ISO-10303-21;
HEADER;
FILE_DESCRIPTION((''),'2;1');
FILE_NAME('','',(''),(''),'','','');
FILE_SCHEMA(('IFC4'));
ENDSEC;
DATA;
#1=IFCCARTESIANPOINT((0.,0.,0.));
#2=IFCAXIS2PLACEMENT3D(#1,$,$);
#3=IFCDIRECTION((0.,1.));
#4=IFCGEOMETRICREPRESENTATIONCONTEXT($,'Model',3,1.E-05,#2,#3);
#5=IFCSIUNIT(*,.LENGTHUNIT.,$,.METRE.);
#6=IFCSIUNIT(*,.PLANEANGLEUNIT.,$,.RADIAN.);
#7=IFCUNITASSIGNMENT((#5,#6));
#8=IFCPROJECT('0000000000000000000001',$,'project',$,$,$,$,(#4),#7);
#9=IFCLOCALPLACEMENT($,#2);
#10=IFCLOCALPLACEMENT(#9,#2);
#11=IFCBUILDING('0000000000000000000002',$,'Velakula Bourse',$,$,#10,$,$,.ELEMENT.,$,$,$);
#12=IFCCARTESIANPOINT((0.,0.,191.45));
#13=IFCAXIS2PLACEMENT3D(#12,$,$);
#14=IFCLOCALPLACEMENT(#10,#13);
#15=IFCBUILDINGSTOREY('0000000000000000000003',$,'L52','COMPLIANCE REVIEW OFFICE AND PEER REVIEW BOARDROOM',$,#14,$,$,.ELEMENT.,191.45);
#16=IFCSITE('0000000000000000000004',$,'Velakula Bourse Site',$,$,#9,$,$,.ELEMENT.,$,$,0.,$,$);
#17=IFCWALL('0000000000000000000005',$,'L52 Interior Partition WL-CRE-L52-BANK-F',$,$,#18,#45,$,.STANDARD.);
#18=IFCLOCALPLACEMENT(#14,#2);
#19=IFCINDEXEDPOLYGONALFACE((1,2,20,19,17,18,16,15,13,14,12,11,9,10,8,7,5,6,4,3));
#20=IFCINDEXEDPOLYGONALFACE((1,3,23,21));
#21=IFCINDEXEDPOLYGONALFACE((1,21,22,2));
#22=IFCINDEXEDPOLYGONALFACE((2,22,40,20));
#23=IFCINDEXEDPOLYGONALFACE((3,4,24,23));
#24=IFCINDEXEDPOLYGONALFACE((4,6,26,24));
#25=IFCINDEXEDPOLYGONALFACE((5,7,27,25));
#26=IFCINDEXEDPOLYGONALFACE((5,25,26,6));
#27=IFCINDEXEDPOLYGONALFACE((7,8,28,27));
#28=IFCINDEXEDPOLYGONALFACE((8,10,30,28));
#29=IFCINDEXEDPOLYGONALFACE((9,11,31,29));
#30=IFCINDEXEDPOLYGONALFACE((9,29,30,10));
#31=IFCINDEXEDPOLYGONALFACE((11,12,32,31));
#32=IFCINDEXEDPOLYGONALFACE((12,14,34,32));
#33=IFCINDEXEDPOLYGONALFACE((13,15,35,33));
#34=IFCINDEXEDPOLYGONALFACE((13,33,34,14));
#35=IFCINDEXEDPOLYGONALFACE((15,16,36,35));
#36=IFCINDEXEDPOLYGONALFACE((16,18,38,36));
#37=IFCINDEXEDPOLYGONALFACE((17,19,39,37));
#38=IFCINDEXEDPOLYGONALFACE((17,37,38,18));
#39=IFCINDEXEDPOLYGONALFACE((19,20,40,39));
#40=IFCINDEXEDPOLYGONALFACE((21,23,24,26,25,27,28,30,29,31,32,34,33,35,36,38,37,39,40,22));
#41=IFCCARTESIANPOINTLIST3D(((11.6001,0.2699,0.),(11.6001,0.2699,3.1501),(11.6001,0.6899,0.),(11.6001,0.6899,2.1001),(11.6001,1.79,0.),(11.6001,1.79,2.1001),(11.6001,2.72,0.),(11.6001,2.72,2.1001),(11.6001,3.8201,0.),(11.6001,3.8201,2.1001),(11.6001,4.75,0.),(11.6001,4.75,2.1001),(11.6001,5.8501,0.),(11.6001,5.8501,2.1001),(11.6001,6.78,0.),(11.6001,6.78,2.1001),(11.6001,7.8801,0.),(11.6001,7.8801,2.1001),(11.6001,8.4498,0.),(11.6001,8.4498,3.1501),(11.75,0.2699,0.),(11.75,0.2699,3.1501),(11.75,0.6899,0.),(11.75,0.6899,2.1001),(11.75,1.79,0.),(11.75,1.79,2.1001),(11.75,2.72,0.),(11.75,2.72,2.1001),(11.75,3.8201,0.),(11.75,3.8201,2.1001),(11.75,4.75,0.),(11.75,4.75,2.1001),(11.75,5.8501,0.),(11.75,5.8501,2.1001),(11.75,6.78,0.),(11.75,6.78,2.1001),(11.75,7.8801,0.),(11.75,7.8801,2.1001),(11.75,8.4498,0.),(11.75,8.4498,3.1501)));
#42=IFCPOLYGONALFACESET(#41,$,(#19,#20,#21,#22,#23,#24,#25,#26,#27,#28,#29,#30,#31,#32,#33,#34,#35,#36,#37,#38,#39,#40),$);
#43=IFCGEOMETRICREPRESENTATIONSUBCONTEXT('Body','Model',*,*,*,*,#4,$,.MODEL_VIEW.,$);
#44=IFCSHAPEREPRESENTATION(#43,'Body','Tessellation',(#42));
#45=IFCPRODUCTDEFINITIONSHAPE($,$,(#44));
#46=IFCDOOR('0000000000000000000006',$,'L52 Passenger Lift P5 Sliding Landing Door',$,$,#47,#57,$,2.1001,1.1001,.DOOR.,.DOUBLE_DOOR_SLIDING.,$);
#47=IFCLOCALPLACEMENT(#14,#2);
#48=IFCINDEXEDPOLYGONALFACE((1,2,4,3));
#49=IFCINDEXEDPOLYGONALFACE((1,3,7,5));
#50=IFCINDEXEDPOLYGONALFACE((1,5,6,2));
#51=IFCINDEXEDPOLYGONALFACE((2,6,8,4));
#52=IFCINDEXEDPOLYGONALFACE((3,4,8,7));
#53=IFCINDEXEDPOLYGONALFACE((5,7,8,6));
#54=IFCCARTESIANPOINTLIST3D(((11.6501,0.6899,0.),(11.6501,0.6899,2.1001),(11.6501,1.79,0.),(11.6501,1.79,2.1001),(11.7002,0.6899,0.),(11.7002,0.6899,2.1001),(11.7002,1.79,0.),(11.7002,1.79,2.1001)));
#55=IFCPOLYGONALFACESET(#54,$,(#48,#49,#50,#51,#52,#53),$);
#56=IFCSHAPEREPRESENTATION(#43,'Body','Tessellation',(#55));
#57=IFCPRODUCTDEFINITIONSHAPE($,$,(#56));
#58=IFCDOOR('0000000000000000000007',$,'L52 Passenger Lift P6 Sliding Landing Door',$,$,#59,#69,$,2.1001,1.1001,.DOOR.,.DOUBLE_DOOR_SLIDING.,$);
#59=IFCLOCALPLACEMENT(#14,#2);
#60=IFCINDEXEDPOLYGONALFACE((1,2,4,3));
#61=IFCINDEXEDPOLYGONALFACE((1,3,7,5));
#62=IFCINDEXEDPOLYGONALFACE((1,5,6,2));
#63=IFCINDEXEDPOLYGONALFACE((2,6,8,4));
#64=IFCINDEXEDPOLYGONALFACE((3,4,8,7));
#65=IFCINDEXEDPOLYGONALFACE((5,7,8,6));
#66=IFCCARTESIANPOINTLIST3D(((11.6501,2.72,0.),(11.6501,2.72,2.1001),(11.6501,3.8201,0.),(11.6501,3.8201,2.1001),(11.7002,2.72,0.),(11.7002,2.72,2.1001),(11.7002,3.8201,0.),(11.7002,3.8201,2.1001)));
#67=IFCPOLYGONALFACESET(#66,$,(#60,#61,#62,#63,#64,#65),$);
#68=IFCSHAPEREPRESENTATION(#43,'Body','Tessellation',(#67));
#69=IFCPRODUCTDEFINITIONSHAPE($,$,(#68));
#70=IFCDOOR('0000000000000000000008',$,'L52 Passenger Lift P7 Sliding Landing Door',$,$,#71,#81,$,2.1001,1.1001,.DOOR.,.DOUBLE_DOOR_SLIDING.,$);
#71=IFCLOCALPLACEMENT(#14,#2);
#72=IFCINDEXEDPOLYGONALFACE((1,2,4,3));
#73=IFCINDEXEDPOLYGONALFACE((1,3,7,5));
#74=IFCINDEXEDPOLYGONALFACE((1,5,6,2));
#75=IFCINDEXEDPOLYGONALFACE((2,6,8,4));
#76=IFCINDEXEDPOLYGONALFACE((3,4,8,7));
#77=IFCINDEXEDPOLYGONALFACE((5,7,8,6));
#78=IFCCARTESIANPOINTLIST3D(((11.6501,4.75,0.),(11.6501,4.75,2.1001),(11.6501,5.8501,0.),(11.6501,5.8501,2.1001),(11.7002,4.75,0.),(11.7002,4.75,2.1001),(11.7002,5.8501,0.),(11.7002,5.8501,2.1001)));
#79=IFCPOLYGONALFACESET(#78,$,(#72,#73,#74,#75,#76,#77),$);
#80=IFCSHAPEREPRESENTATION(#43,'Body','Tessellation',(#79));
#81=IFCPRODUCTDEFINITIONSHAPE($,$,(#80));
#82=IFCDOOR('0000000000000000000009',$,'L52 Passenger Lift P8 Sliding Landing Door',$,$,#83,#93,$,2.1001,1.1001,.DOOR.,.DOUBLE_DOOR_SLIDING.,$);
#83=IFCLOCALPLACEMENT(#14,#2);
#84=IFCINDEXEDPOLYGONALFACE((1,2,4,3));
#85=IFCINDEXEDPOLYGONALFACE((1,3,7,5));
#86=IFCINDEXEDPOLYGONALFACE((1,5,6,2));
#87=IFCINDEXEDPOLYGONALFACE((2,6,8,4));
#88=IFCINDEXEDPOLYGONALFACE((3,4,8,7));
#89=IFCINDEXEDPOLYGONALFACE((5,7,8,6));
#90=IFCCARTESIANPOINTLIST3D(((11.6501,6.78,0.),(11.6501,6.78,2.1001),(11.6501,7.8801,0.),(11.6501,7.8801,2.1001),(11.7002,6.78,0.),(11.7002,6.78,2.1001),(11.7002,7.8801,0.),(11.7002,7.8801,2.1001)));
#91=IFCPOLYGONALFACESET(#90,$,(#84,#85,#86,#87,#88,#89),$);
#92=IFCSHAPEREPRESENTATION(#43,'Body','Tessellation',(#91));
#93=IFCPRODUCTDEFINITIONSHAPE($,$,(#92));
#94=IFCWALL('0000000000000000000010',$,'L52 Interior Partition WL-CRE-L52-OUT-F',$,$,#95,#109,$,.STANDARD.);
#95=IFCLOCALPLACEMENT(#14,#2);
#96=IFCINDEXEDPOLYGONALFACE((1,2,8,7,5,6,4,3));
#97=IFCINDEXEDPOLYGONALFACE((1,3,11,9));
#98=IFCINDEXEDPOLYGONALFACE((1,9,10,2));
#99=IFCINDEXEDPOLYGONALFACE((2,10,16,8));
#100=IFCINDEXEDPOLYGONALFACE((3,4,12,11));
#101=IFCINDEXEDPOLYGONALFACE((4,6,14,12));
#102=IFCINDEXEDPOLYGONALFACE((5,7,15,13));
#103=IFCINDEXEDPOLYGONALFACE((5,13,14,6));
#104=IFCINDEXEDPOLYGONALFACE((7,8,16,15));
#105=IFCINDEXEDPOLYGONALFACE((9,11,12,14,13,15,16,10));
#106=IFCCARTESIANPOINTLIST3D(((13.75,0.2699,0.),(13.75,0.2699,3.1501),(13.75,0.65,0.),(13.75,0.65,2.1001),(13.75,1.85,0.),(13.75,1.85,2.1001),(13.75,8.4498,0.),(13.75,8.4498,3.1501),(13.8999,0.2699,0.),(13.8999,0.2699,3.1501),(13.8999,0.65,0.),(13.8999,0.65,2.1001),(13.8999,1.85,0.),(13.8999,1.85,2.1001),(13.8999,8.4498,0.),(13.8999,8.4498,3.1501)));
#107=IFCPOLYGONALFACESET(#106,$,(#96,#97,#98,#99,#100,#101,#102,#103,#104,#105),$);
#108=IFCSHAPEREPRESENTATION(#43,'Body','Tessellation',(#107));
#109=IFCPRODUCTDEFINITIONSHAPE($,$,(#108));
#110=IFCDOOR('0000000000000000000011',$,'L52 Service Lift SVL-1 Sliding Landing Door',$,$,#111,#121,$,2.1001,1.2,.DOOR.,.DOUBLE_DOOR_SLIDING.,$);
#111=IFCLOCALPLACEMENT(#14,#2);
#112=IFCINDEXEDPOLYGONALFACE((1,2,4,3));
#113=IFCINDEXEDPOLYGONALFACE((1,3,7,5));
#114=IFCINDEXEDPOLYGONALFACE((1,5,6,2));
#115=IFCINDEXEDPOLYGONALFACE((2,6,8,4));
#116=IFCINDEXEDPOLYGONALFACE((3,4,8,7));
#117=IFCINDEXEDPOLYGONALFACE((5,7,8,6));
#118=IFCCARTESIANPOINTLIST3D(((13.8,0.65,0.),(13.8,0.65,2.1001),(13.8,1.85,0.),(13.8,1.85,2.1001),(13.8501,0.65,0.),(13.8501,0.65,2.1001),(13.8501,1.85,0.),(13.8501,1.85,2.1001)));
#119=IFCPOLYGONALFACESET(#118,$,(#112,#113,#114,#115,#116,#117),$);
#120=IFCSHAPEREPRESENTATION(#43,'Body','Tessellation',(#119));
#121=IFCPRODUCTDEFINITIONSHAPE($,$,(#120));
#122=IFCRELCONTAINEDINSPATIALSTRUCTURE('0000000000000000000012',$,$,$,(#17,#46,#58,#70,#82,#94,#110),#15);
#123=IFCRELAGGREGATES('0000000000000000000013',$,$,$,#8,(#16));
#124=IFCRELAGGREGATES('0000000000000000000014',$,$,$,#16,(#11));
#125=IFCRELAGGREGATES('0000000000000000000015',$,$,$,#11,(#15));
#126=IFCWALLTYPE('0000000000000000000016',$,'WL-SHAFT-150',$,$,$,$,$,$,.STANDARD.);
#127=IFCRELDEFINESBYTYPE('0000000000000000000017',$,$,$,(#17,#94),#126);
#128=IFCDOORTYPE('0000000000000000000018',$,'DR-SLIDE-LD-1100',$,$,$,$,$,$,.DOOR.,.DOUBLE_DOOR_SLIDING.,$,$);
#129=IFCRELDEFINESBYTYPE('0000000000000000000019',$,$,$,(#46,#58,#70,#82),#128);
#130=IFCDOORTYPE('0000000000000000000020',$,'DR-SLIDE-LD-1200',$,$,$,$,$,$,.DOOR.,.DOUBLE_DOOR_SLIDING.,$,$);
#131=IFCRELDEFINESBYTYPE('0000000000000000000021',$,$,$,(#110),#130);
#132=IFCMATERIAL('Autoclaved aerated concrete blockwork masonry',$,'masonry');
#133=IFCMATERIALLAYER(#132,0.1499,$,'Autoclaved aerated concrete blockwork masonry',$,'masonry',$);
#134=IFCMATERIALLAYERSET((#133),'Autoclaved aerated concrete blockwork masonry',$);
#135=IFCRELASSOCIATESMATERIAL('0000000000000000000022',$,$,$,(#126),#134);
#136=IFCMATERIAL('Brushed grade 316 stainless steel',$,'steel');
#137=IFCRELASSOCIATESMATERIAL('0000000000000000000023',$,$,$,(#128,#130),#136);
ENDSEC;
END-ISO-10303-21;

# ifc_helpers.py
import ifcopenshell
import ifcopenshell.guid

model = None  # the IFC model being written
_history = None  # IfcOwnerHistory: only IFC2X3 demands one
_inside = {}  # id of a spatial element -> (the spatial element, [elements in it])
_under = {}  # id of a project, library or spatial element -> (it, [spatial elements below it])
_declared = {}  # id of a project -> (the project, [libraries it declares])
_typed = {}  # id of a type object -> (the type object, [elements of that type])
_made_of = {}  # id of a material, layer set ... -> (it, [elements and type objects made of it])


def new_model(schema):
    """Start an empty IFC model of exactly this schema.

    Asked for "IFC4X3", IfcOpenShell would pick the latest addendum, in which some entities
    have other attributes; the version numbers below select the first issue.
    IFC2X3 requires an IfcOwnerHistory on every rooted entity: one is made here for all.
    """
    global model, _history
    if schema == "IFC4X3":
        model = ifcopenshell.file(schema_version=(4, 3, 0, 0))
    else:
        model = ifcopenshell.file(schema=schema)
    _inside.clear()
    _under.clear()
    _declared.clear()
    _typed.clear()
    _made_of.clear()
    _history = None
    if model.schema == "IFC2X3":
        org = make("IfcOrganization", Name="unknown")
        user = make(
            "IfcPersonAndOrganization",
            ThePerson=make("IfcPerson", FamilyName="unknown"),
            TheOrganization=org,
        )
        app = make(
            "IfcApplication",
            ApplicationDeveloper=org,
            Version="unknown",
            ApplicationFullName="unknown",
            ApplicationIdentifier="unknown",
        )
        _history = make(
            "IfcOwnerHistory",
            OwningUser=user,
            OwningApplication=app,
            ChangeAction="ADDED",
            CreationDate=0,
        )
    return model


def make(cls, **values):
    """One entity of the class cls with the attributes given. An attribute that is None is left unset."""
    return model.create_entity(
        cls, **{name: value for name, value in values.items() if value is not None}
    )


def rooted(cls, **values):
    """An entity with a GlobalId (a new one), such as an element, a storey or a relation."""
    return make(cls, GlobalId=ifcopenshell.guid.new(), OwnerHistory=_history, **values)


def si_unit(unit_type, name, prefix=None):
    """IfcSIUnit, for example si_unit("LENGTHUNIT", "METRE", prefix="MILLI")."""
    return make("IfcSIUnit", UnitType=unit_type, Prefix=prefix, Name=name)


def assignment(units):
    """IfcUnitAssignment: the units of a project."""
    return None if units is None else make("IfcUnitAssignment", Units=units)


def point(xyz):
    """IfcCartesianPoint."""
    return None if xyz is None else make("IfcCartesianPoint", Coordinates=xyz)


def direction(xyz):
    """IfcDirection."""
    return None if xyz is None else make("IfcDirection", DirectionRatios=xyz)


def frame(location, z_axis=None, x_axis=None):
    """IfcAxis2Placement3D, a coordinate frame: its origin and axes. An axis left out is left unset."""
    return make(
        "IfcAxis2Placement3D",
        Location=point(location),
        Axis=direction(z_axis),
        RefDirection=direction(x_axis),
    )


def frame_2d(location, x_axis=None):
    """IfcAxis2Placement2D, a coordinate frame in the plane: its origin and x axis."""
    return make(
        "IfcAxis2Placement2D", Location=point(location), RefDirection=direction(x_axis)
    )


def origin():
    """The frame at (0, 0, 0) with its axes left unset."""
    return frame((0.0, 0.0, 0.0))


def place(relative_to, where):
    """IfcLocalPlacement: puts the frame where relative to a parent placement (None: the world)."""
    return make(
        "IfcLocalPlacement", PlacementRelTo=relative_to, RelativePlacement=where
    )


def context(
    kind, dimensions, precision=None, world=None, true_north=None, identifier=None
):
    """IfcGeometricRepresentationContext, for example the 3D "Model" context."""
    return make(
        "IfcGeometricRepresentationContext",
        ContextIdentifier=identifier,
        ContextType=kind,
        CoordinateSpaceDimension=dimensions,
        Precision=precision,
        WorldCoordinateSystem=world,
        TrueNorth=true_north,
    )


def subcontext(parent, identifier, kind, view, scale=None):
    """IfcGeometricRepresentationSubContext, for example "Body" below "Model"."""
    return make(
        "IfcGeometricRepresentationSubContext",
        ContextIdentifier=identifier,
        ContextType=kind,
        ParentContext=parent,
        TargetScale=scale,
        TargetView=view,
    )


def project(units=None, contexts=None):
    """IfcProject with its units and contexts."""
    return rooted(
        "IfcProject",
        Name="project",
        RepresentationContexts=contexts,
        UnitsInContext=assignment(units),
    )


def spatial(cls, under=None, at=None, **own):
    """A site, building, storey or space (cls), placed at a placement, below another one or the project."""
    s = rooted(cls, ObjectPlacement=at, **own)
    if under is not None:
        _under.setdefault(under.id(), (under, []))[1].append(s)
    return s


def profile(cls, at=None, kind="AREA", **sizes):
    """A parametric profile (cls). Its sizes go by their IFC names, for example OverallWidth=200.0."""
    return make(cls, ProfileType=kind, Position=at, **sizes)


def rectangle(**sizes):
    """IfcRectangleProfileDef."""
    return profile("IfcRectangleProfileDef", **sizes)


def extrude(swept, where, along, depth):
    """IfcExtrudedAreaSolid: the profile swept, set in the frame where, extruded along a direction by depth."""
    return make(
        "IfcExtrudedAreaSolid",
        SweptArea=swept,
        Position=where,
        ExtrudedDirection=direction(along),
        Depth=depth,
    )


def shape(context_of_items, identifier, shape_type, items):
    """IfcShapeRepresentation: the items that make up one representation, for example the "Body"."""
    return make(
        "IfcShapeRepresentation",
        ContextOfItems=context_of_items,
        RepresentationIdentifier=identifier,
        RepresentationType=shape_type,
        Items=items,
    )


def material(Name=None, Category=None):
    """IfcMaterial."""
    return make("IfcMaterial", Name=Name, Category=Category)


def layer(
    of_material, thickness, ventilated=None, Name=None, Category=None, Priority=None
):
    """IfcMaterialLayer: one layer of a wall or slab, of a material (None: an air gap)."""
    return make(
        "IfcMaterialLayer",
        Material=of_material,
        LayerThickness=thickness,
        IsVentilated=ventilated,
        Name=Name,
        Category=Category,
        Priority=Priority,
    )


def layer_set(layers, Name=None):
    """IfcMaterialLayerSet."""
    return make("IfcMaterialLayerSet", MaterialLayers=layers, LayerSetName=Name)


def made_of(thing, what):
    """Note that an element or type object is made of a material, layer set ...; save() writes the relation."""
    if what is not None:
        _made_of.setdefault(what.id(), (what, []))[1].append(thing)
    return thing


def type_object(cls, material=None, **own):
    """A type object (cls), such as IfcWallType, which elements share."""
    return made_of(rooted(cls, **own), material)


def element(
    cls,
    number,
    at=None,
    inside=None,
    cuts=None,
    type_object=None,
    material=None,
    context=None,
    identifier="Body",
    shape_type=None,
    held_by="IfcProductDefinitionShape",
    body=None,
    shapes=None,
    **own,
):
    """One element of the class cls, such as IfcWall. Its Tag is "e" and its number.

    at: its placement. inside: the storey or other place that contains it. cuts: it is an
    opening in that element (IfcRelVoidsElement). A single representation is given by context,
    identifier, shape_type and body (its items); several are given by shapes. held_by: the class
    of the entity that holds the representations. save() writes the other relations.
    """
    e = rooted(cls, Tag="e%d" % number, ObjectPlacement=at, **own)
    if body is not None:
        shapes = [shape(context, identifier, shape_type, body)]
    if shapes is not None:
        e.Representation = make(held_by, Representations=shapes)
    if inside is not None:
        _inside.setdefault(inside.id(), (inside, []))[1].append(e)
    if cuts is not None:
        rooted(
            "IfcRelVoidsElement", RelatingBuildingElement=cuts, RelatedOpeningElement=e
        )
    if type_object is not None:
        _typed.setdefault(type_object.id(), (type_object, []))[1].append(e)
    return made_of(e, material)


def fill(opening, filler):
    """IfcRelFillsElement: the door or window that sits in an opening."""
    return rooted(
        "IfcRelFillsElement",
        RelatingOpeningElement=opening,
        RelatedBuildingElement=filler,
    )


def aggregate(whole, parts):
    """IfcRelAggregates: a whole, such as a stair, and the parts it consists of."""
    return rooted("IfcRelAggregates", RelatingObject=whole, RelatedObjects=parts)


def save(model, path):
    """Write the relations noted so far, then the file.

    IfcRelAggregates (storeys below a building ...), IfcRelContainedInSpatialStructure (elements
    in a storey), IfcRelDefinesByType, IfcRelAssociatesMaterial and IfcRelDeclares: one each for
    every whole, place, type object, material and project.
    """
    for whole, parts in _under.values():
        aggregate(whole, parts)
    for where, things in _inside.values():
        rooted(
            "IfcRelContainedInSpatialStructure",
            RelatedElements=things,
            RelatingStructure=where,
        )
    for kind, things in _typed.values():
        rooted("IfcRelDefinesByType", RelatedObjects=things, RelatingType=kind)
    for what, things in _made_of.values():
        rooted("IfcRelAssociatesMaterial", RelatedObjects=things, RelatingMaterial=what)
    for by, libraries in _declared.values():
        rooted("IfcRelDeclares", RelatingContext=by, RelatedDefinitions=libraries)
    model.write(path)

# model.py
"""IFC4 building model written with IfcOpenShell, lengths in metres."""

from ifc_helpers import new_model, si_unit, direction, frame, frame_2d, origin, place, context, subcontext, project, spatial, rectangle, extrude, material, layer, layer_set, type_object, element, fill, save


model = new_model("IFC4")

# Units and contexts
model_context = context("Model", 3, precision=1e-05, world=origin(), true_north=direction((0.0, 1.0)))
body_context = subcontext(model_context, "Body", "Model", "MODEL_VIEW")
ifc_project = project(units=[si_unit("LENGTHUNIT", "METRE"), si_unit("PLANEANGLEUNIT", "RADIAN")], contexts=[model_context])

# Site, building, storey
site_placement = place(None, origin())
site = spatial("IfcSite", under=ifc_project, at=site_placement, Name="Velakula Bourse Site", CompositionType="ELEMENT", RefElevation=0.0)
building_placement = place(site_placement, origin())
building = spatial("IfcBuilding", under=site, at=building_placement, Name="Velakula Bourse", CompositionType="ELEMENT")
storey_placement = place(building_placement, frame((0.0, 0.0, 191.45)))
storey = spatial("IfcBuildingStorey", under=building, at=storey_placement, Name="L52", Description="COMPLIANCE REVIEW OFFICE AND PEER REVIEW BOARDROOM", CompositionType="ELEMENT", Elevation=191.45)

# Shared definitions
ifc_material_1 = material(Name="Autoclaved aerated concrete blockwork masonry", Category="masonry")
ifc_layer_1 = layer(ifc_material_1, 0.1499, Name="Autoclaved aerated concrete blockwork masonry", Category="masonry")
ifc_layer_set_1 = layer_set([ifc_layer_1], Name="Autoclaved aerated concrete blockwork masonry")
wall_type_1 = type_object("IfcWallType", Name="WL-SHAFT-150", PredefinedType="STANDARD", material=ifc_layer_set_1)

# Wall, openings, doors
wall_1_placement = place(storey_placement, frame((11.675, 0.27, 0.0), z_axis=(0.0, 0.0, 1.0), x_axis=(0.0, 1.0, 0.0)))
wall_1 = element("IfcWall", 1, at=wall_1_placement, inside=storey, type_object=wall_type_1, Name="L52 Interior Partition WL-CRE-L52-BANK-F", PredefinedType="STANDARD", context=body_context, shape_type="SweptSolid", body=[
    extrude(rectangle(XDim=8.1799, YDim=0.1499, at=frame_2d((4.0898, 0.0))), origin(), (0.0, 0.0, 1.0), 3.1501),
])
opening_1_placement = place(wall_1_placement, frame((0.4199, 0.0, 0.0)))
opening_1 = element("IfcOpeningElement", 2, at=opening_1_placement, cuts=wall_1, PredefinedType="OPENING", context=body_context, shape_type="SweptSolid", body=[
    extrude(rectangle(XDim=1.1001, YDim=2.1001, at=frame_2d((0.55, 1.05))), frame((0.0, 0.085, 0.0), z_axis=(0.0, -1.0, 0.0), x_axis=(1.0, 0.0, 0.0)), (0.0, 0.0, 1.0), 0.1699),
])
opening_2_placement = place(wall_1_placement, frame((2.45, 0.0, 0.0)))
opening_2 = element("IfcOpeningElement", 3, at=opening_2_placement, cuts=wall_1, PredefinedType="OPENING", context=body_context, shape_type="SweptSolid", body=[
    extrude(rectangle(XDim=1.1001, YDim=2.1001, at=frame_2d((0.55, 1.05))), frame((0.0, 0.085, 0.0), z_axis=(0.0, -1.0, 0.0), x_axis=(1.0, 0.0, 0.0)), (0.0, 0.0, 1.0), 0.1699),
])
opening_3_placement = place(wall_1_placement, frame((4.48, 0.0, 0.0)))
opening_3 = element("IfcOpeningElement", 4, at=opening_3_placement, cuts=wall_1, PredefinedType="OPENING", context=body_context, shape_type="SweptSolid", body=[
    extrude(rectangle(XDim=1.1001, YDim=2.1001, at=frame_2d((0.55, 1.05))), frame((0.0, 0.085, 0.0), z_axis=(0.0, -1.0, 0.0), x_axis=(1.0, 0.0, 0.0)), (0.0, 0.0, 1.0), 0.1699),
])
opening_4_placement = place(wall_1_placement, frame((6.51, 0.0, 0.0)))
opening_4 = element("IfcOpeningElement", 5, at=opening_4_placement, cuts=wall_1, PredefinedType="OPENING", context=body_context, shape_type="SweptSolid", body=[
    extrude(rectangle(XDim=1.1001, YDim=2.1001, at=frame_2d((0.55, 1.05))), frame((0.0, 0.085, 0.0), z_axis=(0.0, -1.0, 0.0), x_axis=(1.0, 0.0, 0.0)), (0.0, 0.0, 1.0), 0.1699),
])
ifc_material_2 = material(Name="Brushed grade 316 stainless steel", Category="steel")
door_type_1 = type_object("IfcDoorType", Name="DR-SLIDE-LD-1100", OperationType="DOUBLE_DOOR_SLIDING", PredefinedType="DOOR", material=ifc_material_2)
door_1_placement = place(opening_1_placement, origin())
door_1 = element("IfcDoor", 6, at=door_1_placement, inside=storey, type_object=door_type_1, Name="L52 Passenger Lift P5 Sliding Landing Door", OperationType="DOUBLE_DOOR_SLIDING", OverallHeight=2.1001, OverallWidth=1.1001, PredefinedType="DOOR", context=body_context, shape_type="SweptSolid", body=[
    extrude(rectangle(XDim=1.1001, YDim=2.1001, at=frame_2d((0.55, 1.05))), frame((0.0, 0.0249, 0.0), z_axis=(0.0, -1.0, 0.0), x_axis=(1.0, 0.0, 0.0)), (0.0, 0.0, 1.0), 0.05),
])
fill(opening_1, door_1)
door_2_placement = place(opening_2_placement, origin())
door_2 = element("IfcDoor", 7, at=door_2_placement, inside=storey, type_object=door_type_1, Name="L52 Passenger Lift P6 Sliding Landing Door", OperationType="DOUBLE_DOOR_SLIDING", OverallHeight=2.1001, OverallWidth=1.1001, PredefinedType="DOOR", context=body_context, shape_type="SweptSolid", body=[
    extrude(rectangle(XDim=1.1001, YDim=2.1001, at=frame_2d((0.55, 1.05))), frame((0.0, 0.0249, 0.0), z_axis=(0.0, -1.0, 0.0), x_axis=(1.0, 0.0, 0.0)), (0.0, 0.0, 1.0), 0.05),
])
fill(opening_2, door_2)
door_3_placement = place(opening_3_placement, origin())
door_3 = element("IfcDoor", 8, at=door_3_placement, inside=storey, type_object=door_type_1, Name="L52 Passenger Lift P7 Sliding Landing Door", OperationType="DOUBLE_DOOR_SLIDING", OverallHeight=2.1001, OverallWidth=1.1001, PredefinedType="DOOR", context=body_context, shape_type="SweptSolid", body=[
    extrude(rectangle(XDim=1.1001, YDim=2.1001, at=frame_2d((0.55, 1.05))), frame((0.0, 0.0249, 0.0), z_axis=(0.0, -1.0, 0.0), x_axis=(1.0, 0.0, 0.0)), (0.0, 0.0, 1.0), 0.05),
])
fill(opening_3, door_3)
door_4_placement = place(opening_4_placement, origin())
door_4 = element("IfcDoor", 9, at=door_4_placement, inside=storey, type_object=door_type_1, Name="L52 Passenger Lift P8 Sliding Landing Door", OperationType="DOUBLE_DOOR_SLIDING", OverallHeight=2.1001, OverallWidth=1.1001, PredefinedType="DOOR", context=body_context, shape_type="SweptSolid", body=[
    extrude(rectangle(XDim=1.1001, YDim=2.1001, at=frame_2d((0.55, 1.05))), frame((0.0, 0.0249, 0.0), z_axis=(0.0, -1.0, 0.0), x_axis=(1.0, 0.0, 0.0)), (0.0, 0.0, 1.0), 0.05),
])
fill(opening_4, door_4)

# Wall, opening, door
wall_2_placement = place(storey_placement, frame((13.825, 0.27, 0.0), z_axis=(0.0, 0.0, 1.0), x_axis=(0.0, 1.0, 0.0)))
wall_2 = element("IfcWall", 10, at=wall_2_placement, inside=storey, type_object=wall_type_1, Name="L52 Interior Partition WL-CRE-L52-OUT-F", PredefinedType="STANDARD", context=body_context, shape_type="SweptSolid", body=[
    extrude(rectangle(XDim=8.1799, YDim=0.1499, at=frame_2d((4.0898, 0.0))), origin(), (0.0, 0.0, 1.0), 3.1501),
])
opening_5_placement = place(wall_2_placement, frame((0.3799, 0.0, 0.0)))
opening_5 = element("IfcOpeningElement", 11, at=opening_5_placement, cuts=wall_2, PredefinedType="OPENING", context=body_context, shape_type="SweptSolid", body=[
    extrude(rectangle(XDim=1.2, YDim=2.1001, at=frame_2d((0.6001, 1.05))), frame((0.0, 0.085, 0.0), z_axis=(0.0, -1.0, 0.0), x_axis=(1.0, 0.0, 0.0)), (0.0, 0.0, 1.0), 0.1699),
])
door_type_2 = type_object("IfcDoorType", Name="DR-SLIDE-LD-1200", OperationType="DOUBLE_DOOR_SLIDING", PredefinedType="DOOR", material=ifc_material_2)
door_5_placement = place(opening_5_placement, origin())
door_5 = element("IfcDoor", 12, at=door_5_placement, inside=storey, type_object=door_type_2, Name="L52 Service Lift SVL-1 Sliding Landing Door", OperationType="DOUBLE_DOOR_SLIDING", OverallHeight=2.1001, OverallWidth=1.2, PredefinedType="DOOR", context=body_context, shape_type="SweptSolid", body=[
    extrude(rectangle(XDim=1.2, YDim=2.1001, at=frame_2d((0.6001, 1.05))), frame((0.0, 0.0249, 0.0), z_axis=(0.0, -1.0, 0.0), x_axis=(1.0, 0.0, 0.0)), (0.0, 0.0, 1.0), 0.05),
])
fill(opening_5, door_5)

save(model, "model.ifc")
